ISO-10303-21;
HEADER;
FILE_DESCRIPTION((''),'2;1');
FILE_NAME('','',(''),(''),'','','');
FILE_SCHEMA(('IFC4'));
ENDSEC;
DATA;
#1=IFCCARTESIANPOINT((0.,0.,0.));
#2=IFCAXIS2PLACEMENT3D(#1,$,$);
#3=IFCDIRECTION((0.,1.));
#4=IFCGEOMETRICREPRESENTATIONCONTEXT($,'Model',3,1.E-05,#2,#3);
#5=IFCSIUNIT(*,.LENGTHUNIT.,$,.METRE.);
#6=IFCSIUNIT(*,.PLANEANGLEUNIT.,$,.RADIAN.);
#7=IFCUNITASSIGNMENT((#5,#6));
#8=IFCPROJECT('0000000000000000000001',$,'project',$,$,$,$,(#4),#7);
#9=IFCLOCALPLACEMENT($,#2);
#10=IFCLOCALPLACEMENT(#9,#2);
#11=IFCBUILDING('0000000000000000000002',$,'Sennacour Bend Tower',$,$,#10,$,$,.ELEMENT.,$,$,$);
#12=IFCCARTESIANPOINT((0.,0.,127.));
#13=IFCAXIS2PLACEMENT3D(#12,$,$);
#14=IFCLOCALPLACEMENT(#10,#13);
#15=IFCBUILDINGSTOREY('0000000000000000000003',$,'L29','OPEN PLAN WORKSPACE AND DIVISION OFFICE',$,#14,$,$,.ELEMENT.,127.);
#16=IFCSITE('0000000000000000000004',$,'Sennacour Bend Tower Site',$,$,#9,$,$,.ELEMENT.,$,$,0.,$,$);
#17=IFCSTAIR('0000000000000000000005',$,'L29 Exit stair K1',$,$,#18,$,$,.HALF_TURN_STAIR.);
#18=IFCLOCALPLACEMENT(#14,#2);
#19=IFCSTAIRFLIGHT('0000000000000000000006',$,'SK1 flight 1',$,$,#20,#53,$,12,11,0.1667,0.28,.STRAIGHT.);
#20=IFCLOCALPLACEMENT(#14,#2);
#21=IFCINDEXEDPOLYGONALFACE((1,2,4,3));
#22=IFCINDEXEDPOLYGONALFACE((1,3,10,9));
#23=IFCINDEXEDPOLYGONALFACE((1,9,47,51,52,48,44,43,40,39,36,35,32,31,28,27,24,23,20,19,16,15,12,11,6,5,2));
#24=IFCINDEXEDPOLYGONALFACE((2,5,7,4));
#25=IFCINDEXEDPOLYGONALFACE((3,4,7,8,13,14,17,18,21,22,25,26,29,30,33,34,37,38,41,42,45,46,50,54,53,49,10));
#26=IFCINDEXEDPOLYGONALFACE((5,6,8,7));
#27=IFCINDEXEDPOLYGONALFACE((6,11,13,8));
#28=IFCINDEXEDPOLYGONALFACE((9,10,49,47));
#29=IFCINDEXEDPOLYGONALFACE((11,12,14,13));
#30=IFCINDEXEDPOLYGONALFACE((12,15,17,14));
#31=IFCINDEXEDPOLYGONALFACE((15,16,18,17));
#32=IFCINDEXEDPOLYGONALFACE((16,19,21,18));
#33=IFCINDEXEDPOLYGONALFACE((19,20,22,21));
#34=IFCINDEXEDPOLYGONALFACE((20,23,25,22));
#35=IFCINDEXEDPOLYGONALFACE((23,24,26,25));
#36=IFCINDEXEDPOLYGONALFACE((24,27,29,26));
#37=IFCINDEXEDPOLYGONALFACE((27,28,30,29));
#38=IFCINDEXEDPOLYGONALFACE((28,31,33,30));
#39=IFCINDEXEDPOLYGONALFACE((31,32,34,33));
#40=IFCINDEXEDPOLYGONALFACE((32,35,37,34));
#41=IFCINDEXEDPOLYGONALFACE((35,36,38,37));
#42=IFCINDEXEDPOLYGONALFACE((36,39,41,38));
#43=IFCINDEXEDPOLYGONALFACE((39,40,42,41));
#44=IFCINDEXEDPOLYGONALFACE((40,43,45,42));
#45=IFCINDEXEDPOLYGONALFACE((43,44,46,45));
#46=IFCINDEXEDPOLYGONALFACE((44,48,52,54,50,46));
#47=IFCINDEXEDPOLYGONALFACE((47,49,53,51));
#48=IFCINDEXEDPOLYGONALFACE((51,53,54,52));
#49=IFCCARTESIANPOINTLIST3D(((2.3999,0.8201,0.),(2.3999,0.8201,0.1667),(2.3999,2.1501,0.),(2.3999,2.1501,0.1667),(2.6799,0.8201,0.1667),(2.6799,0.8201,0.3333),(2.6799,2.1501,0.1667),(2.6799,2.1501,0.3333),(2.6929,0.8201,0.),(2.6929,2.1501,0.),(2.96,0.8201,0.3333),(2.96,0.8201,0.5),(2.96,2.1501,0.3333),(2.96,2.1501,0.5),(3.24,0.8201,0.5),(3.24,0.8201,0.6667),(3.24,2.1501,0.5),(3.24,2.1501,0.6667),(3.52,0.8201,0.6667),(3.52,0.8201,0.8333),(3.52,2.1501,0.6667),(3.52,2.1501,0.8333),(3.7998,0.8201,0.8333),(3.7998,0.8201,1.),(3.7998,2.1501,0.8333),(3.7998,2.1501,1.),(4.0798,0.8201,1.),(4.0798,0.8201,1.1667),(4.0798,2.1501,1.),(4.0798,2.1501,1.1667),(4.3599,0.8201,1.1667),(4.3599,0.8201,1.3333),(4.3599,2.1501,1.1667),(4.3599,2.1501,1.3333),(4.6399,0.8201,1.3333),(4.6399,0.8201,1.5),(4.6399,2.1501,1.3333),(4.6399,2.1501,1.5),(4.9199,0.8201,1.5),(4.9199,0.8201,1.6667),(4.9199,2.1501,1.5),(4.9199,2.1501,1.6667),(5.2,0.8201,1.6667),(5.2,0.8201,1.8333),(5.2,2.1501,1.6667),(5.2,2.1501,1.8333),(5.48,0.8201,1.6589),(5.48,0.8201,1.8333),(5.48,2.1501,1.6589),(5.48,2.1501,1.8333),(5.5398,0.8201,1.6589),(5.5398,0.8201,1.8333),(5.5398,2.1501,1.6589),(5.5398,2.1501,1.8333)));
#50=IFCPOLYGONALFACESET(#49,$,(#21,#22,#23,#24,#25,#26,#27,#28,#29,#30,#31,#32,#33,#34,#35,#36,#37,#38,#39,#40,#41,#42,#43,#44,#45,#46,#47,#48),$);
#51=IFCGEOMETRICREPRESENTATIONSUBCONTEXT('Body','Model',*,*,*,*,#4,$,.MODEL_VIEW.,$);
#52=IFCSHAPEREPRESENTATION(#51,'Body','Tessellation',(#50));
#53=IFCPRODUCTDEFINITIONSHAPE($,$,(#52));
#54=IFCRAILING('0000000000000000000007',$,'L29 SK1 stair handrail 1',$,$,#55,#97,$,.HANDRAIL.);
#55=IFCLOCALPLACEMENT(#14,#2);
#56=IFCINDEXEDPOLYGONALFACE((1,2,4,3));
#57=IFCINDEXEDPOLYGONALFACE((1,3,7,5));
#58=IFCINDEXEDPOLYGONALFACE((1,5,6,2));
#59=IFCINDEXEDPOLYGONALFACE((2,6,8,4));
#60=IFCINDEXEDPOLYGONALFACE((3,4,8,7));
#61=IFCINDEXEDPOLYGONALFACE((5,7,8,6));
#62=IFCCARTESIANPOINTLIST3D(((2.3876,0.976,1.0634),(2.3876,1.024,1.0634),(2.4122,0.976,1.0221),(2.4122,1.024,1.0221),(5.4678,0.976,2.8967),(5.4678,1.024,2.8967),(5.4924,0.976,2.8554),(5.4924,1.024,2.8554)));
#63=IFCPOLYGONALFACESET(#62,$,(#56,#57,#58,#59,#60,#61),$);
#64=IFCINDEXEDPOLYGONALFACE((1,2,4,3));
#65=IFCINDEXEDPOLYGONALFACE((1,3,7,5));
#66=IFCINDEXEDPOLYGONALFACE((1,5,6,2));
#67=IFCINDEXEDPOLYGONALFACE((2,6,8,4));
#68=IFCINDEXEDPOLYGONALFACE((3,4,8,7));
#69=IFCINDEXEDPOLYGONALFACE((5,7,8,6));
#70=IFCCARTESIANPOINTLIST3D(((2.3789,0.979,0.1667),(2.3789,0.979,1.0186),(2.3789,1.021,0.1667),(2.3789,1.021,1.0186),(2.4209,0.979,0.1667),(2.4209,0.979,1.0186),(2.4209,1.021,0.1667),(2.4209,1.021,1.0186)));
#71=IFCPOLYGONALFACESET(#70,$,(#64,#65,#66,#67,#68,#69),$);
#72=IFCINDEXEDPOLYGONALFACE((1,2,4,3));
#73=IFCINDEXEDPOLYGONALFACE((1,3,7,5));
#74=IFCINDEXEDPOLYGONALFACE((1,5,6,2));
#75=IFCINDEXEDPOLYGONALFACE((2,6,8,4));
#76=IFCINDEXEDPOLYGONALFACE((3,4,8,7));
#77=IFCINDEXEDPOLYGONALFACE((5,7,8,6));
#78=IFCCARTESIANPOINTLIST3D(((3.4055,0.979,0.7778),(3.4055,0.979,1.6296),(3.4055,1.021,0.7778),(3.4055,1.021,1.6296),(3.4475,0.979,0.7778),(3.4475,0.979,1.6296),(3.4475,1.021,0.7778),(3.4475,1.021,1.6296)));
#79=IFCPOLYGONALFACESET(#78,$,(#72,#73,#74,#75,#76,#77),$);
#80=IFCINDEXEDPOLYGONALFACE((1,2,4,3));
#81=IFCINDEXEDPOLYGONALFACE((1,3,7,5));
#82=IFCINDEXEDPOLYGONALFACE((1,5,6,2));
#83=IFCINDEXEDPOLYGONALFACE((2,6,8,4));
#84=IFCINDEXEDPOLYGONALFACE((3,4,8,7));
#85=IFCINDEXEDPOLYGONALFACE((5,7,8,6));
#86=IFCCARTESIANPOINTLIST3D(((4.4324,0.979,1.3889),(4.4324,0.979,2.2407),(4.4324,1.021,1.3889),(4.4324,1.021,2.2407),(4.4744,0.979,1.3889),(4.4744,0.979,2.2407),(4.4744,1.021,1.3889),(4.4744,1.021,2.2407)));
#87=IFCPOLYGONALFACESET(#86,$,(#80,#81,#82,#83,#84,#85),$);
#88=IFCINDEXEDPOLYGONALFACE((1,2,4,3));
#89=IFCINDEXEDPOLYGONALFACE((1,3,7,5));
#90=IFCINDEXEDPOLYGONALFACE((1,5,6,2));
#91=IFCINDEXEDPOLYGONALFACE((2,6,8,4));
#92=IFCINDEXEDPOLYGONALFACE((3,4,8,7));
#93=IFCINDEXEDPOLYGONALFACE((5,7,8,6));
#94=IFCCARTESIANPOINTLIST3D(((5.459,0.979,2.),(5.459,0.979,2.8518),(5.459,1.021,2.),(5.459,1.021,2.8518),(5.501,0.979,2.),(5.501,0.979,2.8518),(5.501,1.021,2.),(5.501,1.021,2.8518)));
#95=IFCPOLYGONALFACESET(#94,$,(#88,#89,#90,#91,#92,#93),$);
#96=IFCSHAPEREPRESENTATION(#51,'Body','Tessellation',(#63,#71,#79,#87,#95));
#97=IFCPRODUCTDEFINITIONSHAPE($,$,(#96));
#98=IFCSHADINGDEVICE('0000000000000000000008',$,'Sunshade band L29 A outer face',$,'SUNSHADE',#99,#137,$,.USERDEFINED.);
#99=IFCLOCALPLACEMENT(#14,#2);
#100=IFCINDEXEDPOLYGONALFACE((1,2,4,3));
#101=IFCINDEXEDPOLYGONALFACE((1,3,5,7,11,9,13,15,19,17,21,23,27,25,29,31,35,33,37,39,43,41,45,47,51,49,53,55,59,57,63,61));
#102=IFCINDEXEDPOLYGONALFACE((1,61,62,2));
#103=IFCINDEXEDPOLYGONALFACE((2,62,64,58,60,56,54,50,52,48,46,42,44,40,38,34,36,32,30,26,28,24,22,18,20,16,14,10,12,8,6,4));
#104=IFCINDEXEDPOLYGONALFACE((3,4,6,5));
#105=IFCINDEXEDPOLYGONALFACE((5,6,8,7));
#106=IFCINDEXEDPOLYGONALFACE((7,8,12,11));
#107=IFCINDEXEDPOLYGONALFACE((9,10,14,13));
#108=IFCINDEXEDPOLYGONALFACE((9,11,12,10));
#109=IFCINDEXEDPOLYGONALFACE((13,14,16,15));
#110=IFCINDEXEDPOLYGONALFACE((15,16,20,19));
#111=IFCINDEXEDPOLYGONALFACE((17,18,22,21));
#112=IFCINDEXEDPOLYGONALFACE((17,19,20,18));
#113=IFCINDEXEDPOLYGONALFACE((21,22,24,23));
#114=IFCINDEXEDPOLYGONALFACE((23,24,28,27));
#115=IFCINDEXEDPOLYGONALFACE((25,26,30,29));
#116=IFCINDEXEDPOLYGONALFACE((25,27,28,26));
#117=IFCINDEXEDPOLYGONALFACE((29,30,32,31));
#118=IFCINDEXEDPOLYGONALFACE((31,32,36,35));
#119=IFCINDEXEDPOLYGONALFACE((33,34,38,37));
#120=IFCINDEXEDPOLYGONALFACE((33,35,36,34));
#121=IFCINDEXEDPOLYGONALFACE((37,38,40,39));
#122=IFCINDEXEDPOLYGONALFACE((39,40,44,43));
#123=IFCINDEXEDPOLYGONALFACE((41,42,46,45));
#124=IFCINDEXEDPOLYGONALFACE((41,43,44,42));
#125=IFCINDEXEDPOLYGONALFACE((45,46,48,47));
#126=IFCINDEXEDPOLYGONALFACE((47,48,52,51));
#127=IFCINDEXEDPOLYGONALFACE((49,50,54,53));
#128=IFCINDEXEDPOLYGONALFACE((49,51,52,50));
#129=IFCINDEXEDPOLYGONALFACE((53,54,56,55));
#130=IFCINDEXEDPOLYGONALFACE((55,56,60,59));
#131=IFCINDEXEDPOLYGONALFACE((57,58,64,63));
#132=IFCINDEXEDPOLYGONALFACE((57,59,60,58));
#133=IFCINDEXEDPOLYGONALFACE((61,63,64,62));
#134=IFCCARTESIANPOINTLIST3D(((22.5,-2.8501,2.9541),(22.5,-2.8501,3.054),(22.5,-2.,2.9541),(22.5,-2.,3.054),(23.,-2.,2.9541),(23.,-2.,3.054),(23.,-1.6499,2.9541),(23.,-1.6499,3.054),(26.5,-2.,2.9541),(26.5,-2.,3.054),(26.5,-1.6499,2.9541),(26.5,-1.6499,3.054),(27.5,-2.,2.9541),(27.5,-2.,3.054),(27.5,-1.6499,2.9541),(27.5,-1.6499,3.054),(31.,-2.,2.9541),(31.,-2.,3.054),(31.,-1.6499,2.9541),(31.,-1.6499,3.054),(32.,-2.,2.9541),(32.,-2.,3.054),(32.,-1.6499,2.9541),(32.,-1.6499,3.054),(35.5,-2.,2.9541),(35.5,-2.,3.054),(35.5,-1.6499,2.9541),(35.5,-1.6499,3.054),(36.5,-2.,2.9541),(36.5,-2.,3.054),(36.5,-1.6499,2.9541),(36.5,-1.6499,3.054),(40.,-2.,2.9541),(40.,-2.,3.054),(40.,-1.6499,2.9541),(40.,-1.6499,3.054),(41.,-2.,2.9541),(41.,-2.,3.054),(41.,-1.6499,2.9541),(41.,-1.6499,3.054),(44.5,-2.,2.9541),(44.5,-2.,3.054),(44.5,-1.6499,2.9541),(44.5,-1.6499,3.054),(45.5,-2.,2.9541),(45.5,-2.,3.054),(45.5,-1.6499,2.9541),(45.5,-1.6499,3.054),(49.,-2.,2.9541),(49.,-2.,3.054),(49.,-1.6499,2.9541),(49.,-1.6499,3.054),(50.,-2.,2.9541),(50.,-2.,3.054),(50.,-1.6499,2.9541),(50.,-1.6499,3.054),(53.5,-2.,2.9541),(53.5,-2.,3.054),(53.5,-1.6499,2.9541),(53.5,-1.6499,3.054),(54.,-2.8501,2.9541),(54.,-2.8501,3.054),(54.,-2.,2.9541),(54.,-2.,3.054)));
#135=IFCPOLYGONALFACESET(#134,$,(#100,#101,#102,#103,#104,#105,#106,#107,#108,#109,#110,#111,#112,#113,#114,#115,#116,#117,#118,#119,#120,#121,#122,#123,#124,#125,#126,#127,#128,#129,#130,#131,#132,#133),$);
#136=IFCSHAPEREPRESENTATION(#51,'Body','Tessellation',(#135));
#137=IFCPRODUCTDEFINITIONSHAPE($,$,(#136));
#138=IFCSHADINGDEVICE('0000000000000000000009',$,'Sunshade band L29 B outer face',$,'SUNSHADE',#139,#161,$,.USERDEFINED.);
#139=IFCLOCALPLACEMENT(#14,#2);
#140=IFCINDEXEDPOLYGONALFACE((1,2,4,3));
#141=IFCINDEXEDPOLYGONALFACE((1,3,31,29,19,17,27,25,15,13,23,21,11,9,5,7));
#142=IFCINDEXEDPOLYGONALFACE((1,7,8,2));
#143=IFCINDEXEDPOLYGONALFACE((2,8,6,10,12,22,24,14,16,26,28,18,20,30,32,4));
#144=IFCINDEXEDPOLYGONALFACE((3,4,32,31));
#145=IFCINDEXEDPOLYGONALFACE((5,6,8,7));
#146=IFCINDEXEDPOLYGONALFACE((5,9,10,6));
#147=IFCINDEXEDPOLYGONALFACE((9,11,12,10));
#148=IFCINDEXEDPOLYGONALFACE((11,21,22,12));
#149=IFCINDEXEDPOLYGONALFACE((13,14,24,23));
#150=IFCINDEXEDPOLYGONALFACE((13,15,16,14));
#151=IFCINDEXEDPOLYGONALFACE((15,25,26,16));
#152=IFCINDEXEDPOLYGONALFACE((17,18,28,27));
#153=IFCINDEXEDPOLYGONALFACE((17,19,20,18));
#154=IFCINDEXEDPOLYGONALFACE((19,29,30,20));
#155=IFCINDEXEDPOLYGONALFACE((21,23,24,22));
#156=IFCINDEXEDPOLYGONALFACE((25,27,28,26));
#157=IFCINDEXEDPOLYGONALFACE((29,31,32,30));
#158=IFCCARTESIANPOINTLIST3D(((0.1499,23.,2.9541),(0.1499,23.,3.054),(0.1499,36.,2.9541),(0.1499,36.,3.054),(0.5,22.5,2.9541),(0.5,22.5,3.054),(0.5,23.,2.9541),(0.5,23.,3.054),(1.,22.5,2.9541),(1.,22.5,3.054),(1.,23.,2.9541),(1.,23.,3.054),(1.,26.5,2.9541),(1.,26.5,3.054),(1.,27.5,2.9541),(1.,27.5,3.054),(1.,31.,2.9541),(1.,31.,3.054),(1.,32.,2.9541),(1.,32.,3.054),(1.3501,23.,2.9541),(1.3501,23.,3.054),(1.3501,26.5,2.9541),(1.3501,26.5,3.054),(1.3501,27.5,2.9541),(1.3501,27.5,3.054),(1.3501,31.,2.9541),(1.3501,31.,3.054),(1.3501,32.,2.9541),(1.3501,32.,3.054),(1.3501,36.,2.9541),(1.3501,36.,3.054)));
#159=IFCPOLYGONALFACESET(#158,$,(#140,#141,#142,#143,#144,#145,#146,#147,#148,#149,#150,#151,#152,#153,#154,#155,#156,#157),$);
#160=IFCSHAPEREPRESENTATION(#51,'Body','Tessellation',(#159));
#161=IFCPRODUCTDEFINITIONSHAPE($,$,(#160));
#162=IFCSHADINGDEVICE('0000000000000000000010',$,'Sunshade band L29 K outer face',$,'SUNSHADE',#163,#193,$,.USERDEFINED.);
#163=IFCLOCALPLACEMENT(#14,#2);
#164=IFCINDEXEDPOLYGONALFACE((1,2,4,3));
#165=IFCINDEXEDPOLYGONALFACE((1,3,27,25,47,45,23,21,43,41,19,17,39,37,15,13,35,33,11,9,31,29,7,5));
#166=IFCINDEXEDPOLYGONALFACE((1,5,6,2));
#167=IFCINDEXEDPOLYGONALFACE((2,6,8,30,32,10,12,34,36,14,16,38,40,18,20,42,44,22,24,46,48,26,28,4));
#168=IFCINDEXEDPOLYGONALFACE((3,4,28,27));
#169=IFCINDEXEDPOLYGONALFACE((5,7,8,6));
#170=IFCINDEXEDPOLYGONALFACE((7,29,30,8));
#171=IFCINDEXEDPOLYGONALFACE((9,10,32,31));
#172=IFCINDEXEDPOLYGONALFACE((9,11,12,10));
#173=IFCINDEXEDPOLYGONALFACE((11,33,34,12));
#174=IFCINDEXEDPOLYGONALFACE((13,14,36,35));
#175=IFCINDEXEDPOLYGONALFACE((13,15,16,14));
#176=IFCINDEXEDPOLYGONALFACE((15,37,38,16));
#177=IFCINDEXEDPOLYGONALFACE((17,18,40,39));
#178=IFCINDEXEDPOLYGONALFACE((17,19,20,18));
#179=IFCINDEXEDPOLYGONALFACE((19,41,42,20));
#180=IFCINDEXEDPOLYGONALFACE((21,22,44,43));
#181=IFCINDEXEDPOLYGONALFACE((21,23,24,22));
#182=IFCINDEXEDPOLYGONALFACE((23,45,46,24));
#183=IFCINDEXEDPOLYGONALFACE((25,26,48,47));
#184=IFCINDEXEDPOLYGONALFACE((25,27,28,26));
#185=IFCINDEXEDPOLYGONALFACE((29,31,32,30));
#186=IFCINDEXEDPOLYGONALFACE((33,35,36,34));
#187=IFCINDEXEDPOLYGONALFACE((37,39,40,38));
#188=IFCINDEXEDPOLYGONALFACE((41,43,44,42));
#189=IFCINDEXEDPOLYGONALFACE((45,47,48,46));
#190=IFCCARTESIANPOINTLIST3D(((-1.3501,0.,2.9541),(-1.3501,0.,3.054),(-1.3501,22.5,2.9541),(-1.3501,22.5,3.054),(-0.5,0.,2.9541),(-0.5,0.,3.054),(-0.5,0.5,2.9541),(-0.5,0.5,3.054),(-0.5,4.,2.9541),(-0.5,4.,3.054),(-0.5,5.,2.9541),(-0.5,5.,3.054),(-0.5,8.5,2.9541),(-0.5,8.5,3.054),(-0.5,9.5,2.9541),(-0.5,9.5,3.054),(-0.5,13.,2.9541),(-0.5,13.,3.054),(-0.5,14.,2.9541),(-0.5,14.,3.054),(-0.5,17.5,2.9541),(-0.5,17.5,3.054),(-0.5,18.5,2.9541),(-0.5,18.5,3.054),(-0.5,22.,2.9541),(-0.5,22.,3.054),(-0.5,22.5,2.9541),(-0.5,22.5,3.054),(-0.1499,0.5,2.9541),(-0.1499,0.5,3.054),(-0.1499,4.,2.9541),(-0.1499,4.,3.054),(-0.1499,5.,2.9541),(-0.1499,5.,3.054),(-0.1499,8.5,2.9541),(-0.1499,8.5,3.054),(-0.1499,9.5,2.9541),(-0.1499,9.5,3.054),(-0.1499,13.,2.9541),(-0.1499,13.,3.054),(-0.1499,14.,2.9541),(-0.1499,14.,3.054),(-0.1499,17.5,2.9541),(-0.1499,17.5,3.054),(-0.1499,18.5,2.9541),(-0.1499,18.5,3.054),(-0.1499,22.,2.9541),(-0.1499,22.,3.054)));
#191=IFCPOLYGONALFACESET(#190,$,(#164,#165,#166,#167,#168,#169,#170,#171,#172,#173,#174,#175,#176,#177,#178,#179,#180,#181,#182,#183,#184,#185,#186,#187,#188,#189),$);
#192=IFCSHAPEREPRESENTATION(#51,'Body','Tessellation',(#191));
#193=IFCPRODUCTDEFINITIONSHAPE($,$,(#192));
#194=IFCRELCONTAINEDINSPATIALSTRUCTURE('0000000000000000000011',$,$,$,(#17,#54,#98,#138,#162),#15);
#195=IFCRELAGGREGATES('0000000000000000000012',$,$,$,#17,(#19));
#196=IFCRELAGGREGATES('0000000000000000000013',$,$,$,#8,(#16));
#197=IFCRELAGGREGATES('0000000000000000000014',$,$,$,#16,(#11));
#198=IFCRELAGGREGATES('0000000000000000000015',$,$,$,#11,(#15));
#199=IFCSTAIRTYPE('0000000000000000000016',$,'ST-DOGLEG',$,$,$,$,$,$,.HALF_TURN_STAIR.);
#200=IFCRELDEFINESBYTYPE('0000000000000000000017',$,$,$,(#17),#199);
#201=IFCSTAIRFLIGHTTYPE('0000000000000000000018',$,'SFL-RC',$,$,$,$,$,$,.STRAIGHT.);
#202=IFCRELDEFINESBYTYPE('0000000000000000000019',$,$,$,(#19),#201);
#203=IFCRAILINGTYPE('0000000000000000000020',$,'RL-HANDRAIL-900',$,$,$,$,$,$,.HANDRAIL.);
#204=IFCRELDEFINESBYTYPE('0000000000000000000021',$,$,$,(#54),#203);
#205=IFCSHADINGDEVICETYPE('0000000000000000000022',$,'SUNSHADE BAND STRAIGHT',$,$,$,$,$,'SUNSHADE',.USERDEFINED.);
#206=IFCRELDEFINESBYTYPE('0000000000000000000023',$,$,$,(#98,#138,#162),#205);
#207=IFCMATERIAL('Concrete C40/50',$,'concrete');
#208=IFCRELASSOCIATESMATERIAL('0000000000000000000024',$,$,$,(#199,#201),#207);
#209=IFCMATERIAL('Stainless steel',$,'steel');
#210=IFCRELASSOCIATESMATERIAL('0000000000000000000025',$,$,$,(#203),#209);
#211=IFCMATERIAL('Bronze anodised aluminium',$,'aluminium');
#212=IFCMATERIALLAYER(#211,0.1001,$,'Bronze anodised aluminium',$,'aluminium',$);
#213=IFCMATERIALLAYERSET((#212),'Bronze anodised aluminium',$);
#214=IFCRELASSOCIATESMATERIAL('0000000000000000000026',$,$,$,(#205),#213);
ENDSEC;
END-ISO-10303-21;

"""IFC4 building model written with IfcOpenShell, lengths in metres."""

from ifc_helpers import new_model, si_unit, direction, frame, origin, origin_2d, place, context, subcontext, project, spatial, polyline, rectangle, outline, extrude, material, layer, layer_set, type_object, element, aggregate, save


model = new_model("IFC4")

# Units and contexts
model_context = context("Model", 3, precision=1e-05, world=origin(), true_north=direction((0.0, 1.0)))
body_context = subcontext(model_context, "Body", "Model", "MODEL_VIEW")
ifc_project = project(units=[si_unit("LENGTHUNIT", "METRE"), si_unit("PLANEANGLEUNIT", "RADIAN")], contexts=[model_context])

# Site, building, storey
site_placement = place(None, origin())
site = spatial("IfcSite", under=ifc_project, at=site_placement, Name="Sennacour Bend Tower Site", CompositionType="ELEMENT", RefElevation=0.0)
building_placement = place(site_placement, origin())
building = spatial("IfcBuilding", under=site, at=building_placement, Name="Sennacour Bend Tower", CompositionType="ELEMENT")
storey_placement = place(building_placement, frame((0.0, 0.0, 127.0)))
storey = spatial("IfcBuildingStorey", under=building, at=storey_placement, Name="L29", Description="OPEN PLAN WORKSPACE AND DIVISION OFFICE", CompositionType="ELEMENT", Elevation=127.0)

# Stair
ifc_material_1 = material(Name="Concrete C40/50", Category="concrete")
stair_type = type_object("IfcStairType", Name="ST-DOGLEG", PredefinedType="HALF_TURN_STAIR", material=ifc_material_1)
stair_1_placement = place(storey_placement, origin())
stair_1 = element("IfcStair", 1, at=stair_1_placement, inside=storey, type_object=stair_type, Name="L29 Exit stair K1", PredefinedType="HALF_TURN_STAIR")

# Stair flight
stair_flight_type = type_object("IfcStairFlightType", Name="SFL-RC", PredefinedType="STRAIGHT", material=ifc_material_1)
stair_flight_placement = place(storey_placement, frame((2.3999, 1.4851, 0.0), z_axis=(0.0, 0.0, 1.0), x_axis=(1.0, 0.0, 0.0)))
stair_flight = element("IfcStairFlight", 2, at=stair_flight_placement, type_object=stair_flight_type, Name="SK1 flight 1", NumberOfRisers=12, NumberOfTreads=11, PredefinedType="STRAIGHT", RiserHeight=0.1667, TreadLength=0.28, context=body_context, shape_type="SweptSolid", body=[
    extrude(outline(polyline([(0.0, 0.0), (0.0, 0.1667), (0.28, 0.1667), (0.28, 0.3333), (0.5601, 0.3333), (0.5601, 0.5), (0.8401, 0.5), (0.8401, 0.6667), (1.1201, 0.6667), (1.1201, 0.8333), (1.3999, 0.8333), (1.3999, 1.0), (1.6799, 1.0), (1.6799, 1.1667), (1.96, 1.1667), (1.96, 1.3333), (2.24, 1.3333), (2.24, 1.5), (2.52, 1.5), (2.52, 1.6667), (2.8, 1.6667), (2.8, 1.8333), (3.0801, 1.8333), (3.1399, 1.8333), (3.1399, 1.6589), (3.0801, 1.6589), (0.293, 0.0), (0.0, 0.0)])), frame((0.0, 0.665, 0.0), z_axis=(0.0, -1.0, 0.0), x_axis=(1.0, 0.0, 0.0)), (0.0, 0.0, 1.0), 1.3301),
])
aggregate(stair_1, [stair_flight])

# Railing
ifc_material_2 = material(Name="Stainless steel", Category="steel")
railing_type = type_object("IfcRailingType", Name="RL-HANDRAIL-900", PredefinedType="HANDRAIL", material=ifc_material_2)
railing_placement = place(storey_placement, frame((2.3999, 1.0, 0.1667)))
element("IfcRailing", 3, at=railing_placement, inside=storey, type_object=railing_type, Name="L29 SK1 stair handrail 1", PredefinedType="HANDRAIL", context=body_context, shape_type="SweptSolid", body=[
    extrude(rectangle(XDim=0.0481, YDim=0.0481, at=origin_2d()), frame((0.0, 0.0, 0.876), z_axis=(0.859309, 0.0, 0.511458), x_axis=(0.0, 1.0, 0.0)), (0.0, 0.0, 1.0), 3.5845),
    extrude(rectangle(XDim=0.042, YDim=0.042, at=origin_2d()), origin(), (0.0, 0.0, 1.0), 0.8518),
    extrude(rectangle(XDim=0.042, YDim=0.042, at=origin_2d()), frame((1.0266, 0.0, 0.6111)), (0.0, 0.0, 1.0), 0.8518),
    extrude(rectangle(XDim=0.042, YDim=0.042, at=origin_2d()), frame((2.0535, 0.0, 1.2222)), (0.0, 0.0, 1.0), 0.8518),
    extrude(rectangle(XDim=0.042, YDim=0.042, at=origin_2d()), frame((3.0801, 0.0, 1.8333)), (0.0, 0.0, 1.0), 0.8518),
])

# Shading devices
ifc_material_3 = material(Name="Bronze anodised aluminium", Category="aluminium")
ifc_layer_1 = layer(ifc_material_3, 0.1001, Name="Bronze anodised aluminium", Category="aluminium")
ifc_layer_set_1 = layer_set([ifc_layer_1], Name="Bronze anodised aluminium")
shading_device_type_1 = type_object("IfcShadingDeviceType", Name="SUNSHADE BAND STRAIGHT", ElementType="SUNSHADE", PredefinedType="USERDEFINED", material=ifc_layer_set_1)
shading_device_1_placement = place(storey_placement, frame((0.0, 0.0, 2.9541)))
element("IfcShadingDevice", 4, at=shading_device_1_placement, inside=storey, type_object=shading_device_type_1, Name="Sunshade band L29 A outer face", ObjectType="SUNSHADE", PredefinedType="USERDEFINED", context=body_context, shape_type="SweptSolid", body=[
    extrude(outline(polyline([(26.5, -1.6499), (26.5, -2.0), (27.5, -2.0), (27.5, -1.6499), (31.0, -1.6499), (31.0, -2.0), (32.0, -2.0), (32.0, -1.6499), (35.5, -1.6499), (35.5, -2.0), (36.5, -2.0), (36.5, -1.6499), (40.0, -1.6499), (40.0, -2.0), (41.0, -2.0), (41.0, -1.6499), (44.5, -1.6499), (44.5, -2.0), (45.5, -2.0), (45.5, -1.6499), (49.0, -1.6499), (49.0, -2.0), (50.0, -2.0), (50.0, -1.6499), (53.5, -1.6499), (53.5, -2.0), (54.0, -2.0), (54.0, -2.8501), (22.5, -2.8501), (22.5, -2.0), (23.0, -2.0), (23.0, -1.6499), (26.5, -1.6499)])), origin(), (0.0, 0.0, 1.0), 0.0999),
])
shading_device_2_placement = place(storey_placement, frame((0.0, 0.0, 2.9541)))
element("IfcShadingDevice", 5, at=shading_device_2_placement, inside=storey, type_object=shading_device_type_1, Name="Sunshade band L29 B outer face", ObjectType="SUNSHADE", PredefinedType="USERDEFINED", context=body_context, shape_type="SweptSolid", body=[
    extrude(outline(polyline([(1.3501, 32.0), (1.0, 32.0), (1.0, 31.0), (1.3501, 31.0), (1.3501, 27.5), (1.0, 27.5), (1.0, 26.5), (1.3501, 26.5), (1.3501, 23.0), (1.0, 23.0), (1.0, 22.5), (0.5, 22.5), (0.5, 23.0), (0.1499, 23.0), (0.1499, 36.0), (1.3501, 36.0), (1.3501, 32.0)])), origin(), (0.0, 0.0, 1.0), 0.0999),
])
shading_device_3_placement = place(storey_placement, frame((0.0, 0.0, 2.9541)))
element("IfcShadingDevice", 6, at=shading_device_3_placement, inside=storey, type_object=shading_device_type_1, Name="Sunshade band L29 K outer face", ObjectType="SUNSHADE", PredefinedType="USERDEFINED", context=body_context, shape_type="SweptSolid", body=[
    extrude(outline(polyline([(-0.1499, 18.5), (-0.5, 18.5), (-0.5, 17.5), (-0.1499, 17.5), (-0.1499, 14.0), (-0.5, 14.0), (-0.5, 13.0), (-0.1499, 13.0), (-0.1499, 9.5), (-0.5, 9.5), (-0.5, 8.5), (-0.1499, 8.5), (-0.1499, 5.0), (-0.5, 5.0), (-0.5, 4.0), (-0.1499, 4.0), (-0.1499, 0.5), (-0.5, 0.5), (-0.5, 0.0), (-1.3501, 0.0), (-1.3501, 22.5), (-0.5, 22.5), (-0.5, 22.0), (-0.1499, 22.0), (-0.1499, 18.5)])), origin(), (0.0, 0.0, 1.0), 0.0999),
])

save(model, "model.ifc")
